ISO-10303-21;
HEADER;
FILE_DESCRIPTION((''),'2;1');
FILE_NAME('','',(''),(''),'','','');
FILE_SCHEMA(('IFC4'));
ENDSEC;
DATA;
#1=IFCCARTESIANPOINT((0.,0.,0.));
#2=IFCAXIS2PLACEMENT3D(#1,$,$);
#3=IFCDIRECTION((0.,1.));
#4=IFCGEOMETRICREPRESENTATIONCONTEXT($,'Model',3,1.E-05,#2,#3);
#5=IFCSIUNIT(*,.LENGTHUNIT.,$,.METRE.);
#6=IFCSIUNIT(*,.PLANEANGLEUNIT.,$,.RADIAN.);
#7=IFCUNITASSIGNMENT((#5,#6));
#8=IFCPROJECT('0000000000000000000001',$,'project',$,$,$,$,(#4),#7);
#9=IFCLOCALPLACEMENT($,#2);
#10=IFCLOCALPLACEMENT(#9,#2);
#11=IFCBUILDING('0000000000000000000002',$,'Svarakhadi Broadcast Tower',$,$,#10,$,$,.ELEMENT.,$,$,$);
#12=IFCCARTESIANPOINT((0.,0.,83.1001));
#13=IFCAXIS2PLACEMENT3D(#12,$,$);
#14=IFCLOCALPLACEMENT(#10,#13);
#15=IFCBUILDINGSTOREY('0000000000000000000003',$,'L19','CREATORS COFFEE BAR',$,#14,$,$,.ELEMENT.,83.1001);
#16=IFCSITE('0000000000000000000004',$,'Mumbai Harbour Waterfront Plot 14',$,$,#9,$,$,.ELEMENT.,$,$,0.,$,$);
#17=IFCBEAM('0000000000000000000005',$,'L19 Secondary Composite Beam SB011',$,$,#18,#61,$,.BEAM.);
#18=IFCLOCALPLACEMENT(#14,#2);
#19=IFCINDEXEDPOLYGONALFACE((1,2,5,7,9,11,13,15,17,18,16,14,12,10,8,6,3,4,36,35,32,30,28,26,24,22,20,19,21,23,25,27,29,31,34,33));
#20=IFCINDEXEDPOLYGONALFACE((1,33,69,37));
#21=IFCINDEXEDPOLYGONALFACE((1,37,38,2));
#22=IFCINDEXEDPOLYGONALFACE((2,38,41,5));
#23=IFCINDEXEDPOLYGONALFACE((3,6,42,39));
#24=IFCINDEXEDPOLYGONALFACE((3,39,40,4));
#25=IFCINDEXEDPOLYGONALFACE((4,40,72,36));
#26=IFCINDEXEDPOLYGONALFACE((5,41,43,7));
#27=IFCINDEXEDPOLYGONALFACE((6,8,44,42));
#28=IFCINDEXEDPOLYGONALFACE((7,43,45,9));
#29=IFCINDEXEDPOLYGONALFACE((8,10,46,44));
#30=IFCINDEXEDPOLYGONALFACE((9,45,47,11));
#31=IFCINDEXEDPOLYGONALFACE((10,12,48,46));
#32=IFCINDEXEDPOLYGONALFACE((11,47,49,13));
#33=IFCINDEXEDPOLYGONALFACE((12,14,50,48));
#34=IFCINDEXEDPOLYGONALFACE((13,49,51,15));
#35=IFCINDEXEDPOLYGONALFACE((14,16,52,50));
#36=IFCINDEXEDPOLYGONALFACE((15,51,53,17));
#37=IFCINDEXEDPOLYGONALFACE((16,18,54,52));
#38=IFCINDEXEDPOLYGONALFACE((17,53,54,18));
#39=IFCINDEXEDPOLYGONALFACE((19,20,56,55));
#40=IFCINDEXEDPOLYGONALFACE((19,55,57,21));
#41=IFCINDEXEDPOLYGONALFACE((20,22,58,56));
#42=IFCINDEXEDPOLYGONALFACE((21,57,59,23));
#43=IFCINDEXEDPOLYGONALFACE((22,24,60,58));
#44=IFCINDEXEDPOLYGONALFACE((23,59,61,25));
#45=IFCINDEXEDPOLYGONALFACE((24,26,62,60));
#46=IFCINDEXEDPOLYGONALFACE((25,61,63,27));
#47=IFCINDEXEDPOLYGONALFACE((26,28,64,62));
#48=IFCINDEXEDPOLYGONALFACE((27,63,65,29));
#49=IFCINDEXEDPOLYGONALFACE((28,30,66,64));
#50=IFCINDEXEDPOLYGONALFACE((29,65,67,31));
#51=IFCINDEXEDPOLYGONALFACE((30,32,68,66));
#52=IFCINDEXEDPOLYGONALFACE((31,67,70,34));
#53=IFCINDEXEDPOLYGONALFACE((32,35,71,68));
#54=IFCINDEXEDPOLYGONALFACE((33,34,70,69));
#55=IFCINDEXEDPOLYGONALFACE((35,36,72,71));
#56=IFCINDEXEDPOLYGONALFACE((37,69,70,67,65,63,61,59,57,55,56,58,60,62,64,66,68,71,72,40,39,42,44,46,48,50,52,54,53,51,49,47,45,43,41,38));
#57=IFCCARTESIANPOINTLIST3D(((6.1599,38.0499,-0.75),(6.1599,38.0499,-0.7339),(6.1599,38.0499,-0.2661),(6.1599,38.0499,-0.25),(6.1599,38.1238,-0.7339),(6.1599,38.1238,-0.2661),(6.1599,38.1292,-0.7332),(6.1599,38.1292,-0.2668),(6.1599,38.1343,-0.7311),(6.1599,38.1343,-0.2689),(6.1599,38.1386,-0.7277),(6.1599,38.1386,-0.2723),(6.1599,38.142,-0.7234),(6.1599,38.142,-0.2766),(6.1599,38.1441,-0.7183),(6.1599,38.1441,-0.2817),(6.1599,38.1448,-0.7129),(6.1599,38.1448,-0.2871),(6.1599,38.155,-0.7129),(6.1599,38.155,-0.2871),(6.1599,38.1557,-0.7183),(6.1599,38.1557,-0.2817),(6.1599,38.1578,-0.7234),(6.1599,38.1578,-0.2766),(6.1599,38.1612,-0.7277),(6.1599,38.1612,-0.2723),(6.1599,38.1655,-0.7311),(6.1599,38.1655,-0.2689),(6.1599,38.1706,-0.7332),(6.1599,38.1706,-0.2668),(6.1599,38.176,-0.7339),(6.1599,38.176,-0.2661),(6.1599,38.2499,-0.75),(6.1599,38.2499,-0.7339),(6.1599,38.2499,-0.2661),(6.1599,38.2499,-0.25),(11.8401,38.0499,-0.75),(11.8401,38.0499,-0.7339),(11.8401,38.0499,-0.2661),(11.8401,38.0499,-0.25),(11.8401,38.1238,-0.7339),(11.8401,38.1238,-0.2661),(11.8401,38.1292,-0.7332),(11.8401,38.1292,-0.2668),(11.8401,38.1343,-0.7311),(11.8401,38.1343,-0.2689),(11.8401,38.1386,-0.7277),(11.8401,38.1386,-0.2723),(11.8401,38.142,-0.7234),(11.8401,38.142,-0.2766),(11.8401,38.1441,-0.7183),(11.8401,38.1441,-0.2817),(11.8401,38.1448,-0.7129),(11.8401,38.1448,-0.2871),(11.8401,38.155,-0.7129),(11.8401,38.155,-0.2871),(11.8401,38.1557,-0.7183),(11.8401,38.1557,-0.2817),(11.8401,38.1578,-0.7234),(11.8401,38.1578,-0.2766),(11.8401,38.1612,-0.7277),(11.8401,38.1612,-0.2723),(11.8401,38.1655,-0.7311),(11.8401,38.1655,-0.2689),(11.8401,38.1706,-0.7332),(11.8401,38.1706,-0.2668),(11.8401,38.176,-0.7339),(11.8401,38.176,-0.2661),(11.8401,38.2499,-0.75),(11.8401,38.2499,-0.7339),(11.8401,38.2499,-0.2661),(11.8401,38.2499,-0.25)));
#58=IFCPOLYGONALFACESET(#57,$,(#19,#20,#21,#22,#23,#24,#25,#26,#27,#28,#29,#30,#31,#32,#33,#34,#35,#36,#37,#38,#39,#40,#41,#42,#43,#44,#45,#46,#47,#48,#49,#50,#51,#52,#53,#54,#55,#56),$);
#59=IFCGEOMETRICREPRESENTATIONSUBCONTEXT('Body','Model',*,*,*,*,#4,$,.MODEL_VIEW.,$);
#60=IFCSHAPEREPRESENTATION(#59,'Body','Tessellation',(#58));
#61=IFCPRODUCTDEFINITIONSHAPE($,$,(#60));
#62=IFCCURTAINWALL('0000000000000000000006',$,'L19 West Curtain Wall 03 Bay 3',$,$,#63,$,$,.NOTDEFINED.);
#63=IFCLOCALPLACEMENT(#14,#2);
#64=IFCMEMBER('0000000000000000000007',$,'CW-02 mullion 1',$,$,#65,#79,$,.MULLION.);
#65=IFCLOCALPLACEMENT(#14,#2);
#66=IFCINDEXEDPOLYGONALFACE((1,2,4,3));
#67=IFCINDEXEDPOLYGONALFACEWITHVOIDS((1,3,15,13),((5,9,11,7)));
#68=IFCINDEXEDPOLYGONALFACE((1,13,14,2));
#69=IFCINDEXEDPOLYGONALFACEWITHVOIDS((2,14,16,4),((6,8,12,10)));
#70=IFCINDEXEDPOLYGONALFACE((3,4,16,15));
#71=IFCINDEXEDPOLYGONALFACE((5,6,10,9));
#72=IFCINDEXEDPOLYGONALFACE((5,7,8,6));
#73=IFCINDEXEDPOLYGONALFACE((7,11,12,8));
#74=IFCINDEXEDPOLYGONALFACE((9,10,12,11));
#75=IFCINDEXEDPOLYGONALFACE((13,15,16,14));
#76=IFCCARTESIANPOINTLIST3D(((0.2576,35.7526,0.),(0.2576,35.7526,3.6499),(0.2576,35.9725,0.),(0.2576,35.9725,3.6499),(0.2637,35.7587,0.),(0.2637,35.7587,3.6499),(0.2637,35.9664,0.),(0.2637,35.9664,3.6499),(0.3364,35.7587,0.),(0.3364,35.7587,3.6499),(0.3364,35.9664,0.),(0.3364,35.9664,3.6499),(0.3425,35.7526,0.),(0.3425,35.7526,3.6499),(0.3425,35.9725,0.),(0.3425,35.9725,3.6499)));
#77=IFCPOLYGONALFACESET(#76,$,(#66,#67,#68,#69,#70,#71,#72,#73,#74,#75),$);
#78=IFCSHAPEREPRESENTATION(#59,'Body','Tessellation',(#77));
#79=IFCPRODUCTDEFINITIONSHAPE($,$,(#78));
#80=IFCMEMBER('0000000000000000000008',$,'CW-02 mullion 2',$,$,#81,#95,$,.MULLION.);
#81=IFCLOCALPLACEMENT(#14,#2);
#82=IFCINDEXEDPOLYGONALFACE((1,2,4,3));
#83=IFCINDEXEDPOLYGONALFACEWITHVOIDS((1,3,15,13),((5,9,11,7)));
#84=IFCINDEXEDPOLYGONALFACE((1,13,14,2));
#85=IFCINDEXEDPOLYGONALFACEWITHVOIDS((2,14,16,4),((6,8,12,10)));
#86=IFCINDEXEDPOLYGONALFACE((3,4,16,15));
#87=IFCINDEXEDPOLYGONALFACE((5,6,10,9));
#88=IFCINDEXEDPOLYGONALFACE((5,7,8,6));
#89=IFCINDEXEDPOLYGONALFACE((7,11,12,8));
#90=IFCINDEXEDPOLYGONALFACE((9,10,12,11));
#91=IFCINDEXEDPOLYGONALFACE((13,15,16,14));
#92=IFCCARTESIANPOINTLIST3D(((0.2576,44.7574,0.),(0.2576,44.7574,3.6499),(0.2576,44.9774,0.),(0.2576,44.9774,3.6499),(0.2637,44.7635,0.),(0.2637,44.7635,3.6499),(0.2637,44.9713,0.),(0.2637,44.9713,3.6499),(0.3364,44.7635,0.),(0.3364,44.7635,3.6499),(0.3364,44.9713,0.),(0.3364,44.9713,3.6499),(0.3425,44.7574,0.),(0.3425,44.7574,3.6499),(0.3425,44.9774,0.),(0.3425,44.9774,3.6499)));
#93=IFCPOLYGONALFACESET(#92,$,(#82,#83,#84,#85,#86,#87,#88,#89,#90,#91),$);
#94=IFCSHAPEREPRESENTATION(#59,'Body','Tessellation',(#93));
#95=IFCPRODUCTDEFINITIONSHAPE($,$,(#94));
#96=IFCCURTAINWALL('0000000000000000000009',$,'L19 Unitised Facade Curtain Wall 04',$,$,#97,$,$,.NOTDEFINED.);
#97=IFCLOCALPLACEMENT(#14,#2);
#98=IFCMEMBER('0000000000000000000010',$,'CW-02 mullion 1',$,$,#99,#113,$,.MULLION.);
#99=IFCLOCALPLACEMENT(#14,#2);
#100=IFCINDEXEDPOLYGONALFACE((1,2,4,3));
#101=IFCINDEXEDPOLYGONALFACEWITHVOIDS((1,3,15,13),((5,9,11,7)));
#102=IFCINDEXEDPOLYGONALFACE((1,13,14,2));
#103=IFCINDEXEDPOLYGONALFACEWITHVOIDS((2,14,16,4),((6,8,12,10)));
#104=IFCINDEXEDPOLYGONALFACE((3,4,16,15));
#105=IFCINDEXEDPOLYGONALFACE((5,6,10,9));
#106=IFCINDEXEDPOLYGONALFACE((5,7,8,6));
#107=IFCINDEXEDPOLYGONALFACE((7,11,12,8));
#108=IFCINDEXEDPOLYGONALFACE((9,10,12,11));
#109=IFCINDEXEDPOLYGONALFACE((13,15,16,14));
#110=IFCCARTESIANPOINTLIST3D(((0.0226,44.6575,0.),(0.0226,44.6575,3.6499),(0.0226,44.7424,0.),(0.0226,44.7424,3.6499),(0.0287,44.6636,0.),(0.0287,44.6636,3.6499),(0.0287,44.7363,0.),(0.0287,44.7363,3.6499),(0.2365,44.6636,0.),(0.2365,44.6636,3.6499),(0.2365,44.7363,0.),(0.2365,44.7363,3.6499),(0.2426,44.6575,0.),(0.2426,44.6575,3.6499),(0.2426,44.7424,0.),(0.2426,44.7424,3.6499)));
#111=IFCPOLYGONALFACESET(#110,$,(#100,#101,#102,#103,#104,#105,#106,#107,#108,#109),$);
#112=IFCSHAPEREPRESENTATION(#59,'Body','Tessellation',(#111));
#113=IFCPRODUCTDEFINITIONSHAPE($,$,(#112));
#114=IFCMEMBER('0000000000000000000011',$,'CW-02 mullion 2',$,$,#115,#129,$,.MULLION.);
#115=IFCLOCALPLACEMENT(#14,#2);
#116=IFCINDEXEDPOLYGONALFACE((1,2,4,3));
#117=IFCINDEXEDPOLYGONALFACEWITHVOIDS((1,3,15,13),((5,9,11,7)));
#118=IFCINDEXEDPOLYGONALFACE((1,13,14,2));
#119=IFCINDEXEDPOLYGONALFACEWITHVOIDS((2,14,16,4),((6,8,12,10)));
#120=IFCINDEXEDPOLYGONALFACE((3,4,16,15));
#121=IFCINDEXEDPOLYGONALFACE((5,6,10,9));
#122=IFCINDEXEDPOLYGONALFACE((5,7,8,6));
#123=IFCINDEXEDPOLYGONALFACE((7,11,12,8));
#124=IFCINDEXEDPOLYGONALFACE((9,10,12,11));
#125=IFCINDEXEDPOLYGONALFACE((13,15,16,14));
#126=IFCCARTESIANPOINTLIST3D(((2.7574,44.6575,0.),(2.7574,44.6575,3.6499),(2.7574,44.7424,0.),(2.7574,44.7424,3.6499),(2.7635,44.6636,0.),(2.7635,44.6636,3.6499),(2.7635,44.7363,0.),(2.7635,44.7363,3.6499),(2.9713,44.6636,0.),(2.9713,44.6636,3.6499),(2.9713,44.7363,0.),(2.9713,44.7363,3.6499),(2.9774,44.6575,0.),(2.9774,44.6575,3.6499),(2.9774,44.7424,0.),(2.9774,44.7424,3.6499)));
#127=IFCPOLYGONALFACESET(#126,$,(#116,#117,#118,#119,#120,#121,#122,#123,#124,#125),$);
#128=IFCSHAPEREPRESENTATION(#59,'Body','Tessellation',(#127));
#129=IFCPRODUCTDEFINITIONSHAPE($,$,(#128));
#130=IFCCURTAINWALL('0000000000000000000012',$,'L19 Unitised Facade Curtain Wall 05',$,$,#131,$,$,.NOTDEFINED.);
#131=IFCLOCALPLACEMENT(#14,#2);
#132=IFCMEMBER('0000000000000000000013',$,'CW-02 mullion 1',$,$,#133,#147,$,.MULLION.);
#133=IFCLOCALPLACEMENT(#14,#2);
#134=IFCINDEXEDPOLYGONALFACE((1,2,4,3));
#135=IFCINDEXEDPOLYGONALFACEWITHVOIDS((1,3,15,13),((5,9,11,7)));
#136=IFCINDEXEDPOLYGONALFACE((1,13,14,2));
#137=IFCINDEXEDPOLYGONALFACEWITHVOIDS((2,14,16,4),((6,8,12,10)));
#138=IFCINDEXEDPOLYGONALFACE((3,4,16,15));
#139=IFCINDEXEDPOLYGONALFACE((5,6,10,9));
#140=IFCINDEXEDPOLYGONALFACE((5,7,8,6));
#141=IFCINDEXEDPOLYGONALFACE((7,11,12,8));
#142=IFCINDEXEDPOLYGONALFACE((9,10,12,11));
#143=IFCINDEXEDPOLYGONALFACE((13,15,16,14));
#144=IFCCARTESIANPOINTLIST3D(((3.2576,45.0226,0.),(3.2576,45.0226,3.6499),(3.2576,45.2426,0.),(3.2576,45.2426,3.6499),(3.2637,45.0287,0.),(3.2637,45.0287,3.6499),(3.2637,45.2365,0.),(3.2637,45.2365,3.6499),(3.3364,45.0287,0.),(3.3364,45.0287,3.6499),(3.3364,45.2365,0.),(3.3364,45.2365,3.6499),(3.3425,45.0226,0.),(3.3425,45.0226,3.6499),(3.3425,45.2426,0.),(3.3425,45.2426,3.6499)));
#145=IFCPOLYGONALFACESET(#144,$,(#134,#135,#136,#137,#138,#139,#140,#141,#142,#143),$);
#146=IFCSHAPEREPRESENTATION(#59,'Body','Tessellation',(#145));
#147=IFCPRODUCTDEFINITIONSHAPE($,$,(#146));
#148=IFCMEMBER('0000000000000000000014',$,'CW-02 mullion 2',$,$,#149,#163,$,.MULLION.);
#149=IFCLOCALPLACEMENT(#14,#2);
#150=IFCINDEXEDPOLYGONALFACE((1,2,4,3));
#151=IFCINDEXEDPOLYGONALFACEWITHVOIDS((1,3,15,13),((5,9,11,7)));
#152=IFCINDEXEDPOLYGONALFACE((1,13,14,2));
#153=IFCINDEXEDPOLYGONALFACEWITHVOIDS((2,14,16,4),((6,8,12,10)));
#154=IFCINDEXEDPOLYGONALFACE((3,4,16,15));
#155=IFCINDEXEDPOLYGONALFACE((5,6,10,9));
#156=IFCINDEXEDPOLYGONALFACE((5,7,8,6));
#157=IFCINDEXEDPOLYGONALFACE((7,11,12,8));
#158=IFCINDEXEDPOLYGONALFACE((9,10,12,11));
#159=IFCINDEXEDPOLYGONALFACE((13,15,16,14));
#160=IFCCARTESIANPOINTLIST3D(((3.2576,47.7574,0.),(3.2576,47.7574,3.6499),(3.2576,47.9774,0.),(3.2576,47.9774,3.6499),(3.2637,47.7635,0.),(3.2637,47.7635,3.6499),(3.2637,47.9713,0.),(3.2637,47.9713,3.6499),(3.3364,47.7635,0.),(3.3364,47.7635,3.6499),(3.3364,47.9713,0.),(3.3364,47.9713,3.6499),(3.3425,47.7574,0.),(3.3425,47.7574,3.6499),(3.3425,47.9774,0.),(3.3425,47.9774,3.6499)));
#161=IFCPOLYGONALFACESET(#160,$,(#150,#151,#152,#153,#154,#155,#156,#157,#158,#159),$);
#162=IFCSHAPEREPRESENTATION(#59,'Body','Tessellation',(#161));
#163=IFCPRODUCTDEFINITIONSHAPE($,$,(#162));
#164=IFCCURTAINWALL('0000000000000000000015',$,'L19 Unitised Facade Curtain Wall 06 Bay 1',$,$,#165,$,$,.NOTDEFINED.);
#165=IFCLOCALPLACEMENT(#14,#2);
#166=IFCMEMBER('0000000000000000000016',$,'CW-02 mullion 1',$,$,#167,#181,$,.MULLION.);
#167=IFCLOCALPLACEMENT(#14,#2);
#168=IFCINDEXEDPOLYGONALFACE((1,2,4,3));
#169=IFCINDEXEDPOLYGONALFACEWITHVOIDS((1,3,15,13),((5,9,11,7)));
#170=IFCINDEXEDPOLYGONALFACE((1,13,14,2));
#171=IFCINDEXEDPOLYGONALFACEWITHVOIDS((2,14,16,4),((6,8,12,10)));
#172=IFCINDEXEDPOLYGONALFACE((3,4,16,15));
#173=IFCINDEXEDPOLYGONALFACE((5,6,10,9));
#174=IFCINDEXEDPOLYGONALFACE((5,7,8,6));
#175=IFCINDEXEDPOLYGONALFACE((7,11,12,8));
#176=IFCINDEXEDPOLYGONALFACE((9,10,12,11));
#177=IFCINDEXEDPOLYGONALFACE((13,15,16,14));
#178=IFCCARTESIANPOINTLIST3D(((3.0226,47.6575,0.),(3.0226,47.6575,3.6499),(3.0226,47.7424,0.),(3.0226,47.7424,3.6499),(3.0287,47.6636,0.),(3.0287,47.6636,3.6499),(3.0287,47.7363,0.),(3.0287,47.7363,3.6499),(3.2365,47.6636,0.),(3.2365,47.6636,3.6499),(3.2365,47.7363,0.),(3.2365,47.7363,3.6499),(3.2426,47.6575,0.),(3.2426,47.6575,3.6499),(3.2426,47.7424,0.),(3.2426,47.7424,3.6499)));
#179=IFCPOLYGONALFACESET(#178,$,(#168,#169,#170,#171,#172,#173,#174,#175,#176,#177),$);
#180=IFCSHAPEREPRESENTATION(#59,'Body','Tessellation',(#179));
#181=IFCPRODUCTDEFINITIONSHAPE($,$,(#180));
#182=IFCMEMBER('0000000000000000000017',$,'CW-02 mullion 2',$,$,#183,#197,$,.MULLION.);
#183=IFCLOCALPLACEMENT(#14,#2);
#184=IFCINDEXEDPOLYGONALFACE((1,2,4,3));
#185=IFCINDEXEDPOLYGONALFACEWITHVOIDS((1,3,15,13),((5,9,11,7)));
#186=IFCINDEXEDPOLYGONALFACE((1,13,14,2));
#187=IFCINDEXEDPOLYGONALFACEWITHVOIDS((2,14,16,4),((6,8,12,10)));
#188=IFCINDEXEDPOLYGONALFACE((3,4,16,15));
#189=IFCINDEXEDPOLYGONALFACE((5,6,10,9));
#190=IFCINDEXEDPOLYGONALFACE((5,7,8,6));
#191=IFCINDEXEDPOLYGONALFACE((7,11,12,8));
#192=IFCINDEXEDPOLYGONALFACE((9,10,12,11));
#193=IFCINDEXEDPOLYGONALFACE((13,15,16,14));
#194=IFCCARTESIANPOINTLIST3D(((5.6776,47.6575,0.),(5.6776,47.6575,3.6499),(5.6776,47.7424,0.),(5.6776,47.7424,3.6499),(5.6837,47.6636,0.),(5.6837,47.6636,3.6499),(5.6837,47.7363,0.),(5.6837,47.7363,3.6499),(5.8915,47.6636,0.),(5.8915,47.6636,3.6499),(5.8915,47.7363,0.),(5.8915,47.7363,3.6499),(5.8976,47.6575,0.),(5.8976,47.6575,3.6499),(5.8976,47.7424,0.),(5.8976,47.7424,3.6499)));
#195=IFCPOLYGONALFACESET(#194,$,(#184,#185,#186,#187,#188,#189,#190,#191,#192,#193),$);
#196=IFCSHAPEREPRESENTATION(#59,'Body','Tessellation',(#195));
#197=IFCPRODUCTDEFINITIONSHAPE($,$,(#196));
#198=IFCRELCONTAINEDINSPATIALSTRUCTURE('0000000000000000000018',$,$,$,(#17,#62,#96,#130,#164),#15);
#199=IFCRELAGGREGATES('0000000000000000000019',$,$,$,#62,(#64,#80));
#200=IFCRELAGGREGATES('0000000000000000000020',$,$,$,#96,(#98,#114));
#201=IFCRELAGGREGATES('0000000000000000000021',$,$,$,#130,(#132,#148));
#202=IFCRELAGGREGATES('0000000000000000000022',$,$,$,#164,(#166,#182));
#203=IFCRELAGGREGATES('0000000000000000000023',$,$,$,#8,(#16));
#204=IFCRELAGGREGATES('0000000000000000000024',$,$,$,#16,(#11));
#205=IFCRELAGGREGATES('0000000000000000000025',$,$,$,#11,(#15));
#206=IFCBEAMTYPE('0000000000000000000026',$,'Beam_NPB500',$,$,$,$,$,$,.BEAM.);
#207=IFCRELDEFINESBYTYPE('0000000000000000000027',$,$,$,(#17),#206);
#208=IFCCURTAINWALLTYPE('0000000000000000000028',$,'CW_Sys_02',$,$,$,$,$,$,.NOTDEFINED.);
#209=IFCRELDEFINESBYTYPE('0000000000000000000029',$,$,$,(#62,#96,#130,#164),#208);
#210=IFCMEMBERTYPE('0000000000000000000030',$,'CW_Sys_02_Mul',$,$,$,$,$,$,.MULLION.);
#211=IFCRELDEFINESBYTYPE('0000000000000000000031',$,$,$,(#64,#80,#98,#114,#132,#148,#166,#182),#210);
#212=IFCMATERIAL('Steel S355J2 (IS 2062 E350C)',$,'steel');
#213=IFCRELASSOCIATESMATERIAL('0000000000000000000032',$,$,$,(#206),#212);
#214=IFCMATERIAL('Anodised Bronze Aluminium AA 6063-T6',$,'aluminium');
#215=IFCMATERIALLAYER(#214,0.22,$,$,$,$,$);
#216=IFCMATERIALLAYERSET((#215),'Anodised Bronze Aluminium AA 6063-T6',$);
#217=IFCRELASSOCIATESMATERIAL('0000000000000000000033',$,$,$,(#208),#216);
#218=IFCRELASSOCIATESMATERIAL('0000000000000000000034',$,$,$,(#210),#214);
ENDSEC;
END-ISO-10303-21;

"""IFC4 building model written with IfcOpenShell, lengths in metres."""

from ifc_helpers import new_model, si_unit, direction, frame, origin, origin_2d, place, context, subcontext, project, spatial, hollow_rectangle, i_section, extrude, material, layer, layer_set, material_profile, profile_set, type_object, element, aggregate, save


model = new_model("IFC4")

# Units and contexts
model_context = context("Model", 3, precision=1e-05, world=origin(), true_north=direction((0.0, 1.0)))
body_context = subcontext(model_context, "Body", "Model", "MODEL_VIEW")
ifc_project = project(units=[si_unit("LENGTHUNIT", "METRE"), si_unit("PLANEANGLEUNIT", "RADIAN")], contexts=[model_context])

# Site, building, storey
site_placement = place(None, origin())
site = spatial("IfcSite", under=ifc_project, at=site_placement, Name="Mumbai Harbour Waterfront Plot 14", CompositionType="ELEMENT", RefElevation=0.0)
building_placement = place(site_placement, origin())
building = spatial("IfcBuilding", under=site, at=building_placement, Name="Svarakhadi Broadcast Tower", CompositionType="ELEMENT")
storey_placement = place(building_placement, frame((0.0, 0.0, 83.1001)))
storey = spatial("IfcBuildingStorey", under=building, at=storey_placement, Name="L19", Description="CREATORS COFFEE BAR", CompositionType="ELEMENT", Elevation=83.1001)

# Beam
ifc_material_1 = material(Name="Steel S355J2 (IS 2062 E350C)", Category="steel")
ifc_material_profile_1 = material_profile(ifc_material_1, i_section(OverallWidth=0.2, OverallDepth=0.5, WebThickness=0.0103, FlangeThickness=0.0161, FilletRadius=0.021, at=origin_2d()), Name="NPB 500x200x91")
ifc_profile_set_1 = profile_set([ifc_material_profile_1], Name="Steel S355J2 (IS 2062 E350C)")
beam_type_1 = type_object("IfcBeamType", Name="Beam_NPB500", PredefinedType="BEAM", material=ifc_profile_set_1)
beam_1_placement = place(storey_placement, frame((6.1599, 38.1499, -0.5), z_axis=(1.0, 0.0, 0.0), x_axis=(0.0, 1.0, 0.0)))
element("IfcBeam", 1, at=beam_1_placement, inside=storey, type_object=beam_type_1, Name="L19 Secondary Composite Beam SB011", PredefinedType="BEAM", context=body_context, shape_type="SweptSolid", body=[
    extrude(i_section(OverallWidth=0.2, OverallDepth=0.5, WebThickness=0.0103, FlangeThickness=0.0161, FilletRadius=0.021, at=origin_2d()), origin(), (0.0, 0.0, 1.0), 5.6802),
])

# Curtain walls, members
ifc_material_2 = material(Name="Anodised Bronze Aluminium AA 6063-T6", Category="aluminium")
ifc_layer_1 = layer(ifc_material_2, 0.22)
ifc_layer_set_1 = layer_set([ifc_layer_1], Name="Anodised Bronze Aluminium AA 6063-T6")
curtain_wall_type = type_object("IfcCurtainWallType", Name="CW_Sys_02", PredefinedType="NOTDEFINED", material=ifc_layer_set_1)
curtain_wall_1_placement = place(storey_placement, origin())
curtain_wall_1 = element("IfcCurtainWall", 2, at=curtain_wall_1_placement, inside=storey, type_object=curtain_wall_type, Name="L19 West Curtain Wall 03 Bay 3", PredefinedType="NOTDEFINED")
ifc_material_profile_2 = material_profile(ifc_material_2, hollow_rectangle(XDim=0.085, YDim=0.22, WallThickness=0.0061, at=origin_2d()), Name="ALU MULLION 220x85x6")
ifc_profile_set_2 = profile_set([ifc_material_profile_2], Name="Anodised Bronze Aluminium AA 6063-T6")
member_type_1 = type_object("IfcMemberType", Name="CW_Sys_02_Mul", PredefinedType="MULLION", material=ifc_profile_set_2)
member_1_placement = place(storey_placement, frame((0.3, 35.8625, 0.0), z_axis=(0.0, 0.0, 1.0), x_axis=(-1.0, 0.0, 0.0)))
member_1 = element("IfcMember", 3, at=member_1_placement, type_object=member_type_1, Name="CW-02 mullion 1", PredefinedType="MULLION", context=body_context, shape_type="SweptSolid", body=[
    extrude(hollow_rectangle(XDim=0.085, YDim=0.22, WallThickness=0.0061, at=origin_2d()), origin(), (0.0, 0.0, 1.0), 3.6499),
])
member_2_placement = place(storey_placement, frame((0.3, 44.8674, 0.0), z_axis=(0.0, 0.0, 1.0), x_axis=(-1.0, 0.0, 0.0)))
member_2 = element("IfcMember", 4, at=member_2_placement, type_object=member_type_1, Name="CW-02 mullion 2", PredefinedType="MULLION", context=body_context, shape_type="SweptSolid", body=[
    extrude(hollow_rectangle(XDim=0.085, YDim=0.22, WallThickness=0.0061, at=origin_2d()), origin(), (0.0, 0.0, 1.0), 3.6499),
])
curtain_wall_2_placement = place(storey_placement, origin())
curtain_wall_2 = element("IfcCurtainWall", 5, at=curtain_wall_2_placement, inside=storey, type_object=curtain_wall_type, Name="L19 Unitised Facade Curtain Wall 04", PredefinedType="NOTDEFINED")
member_3_placement = place(storey_placement, frame((0.1326, 44.7, 0.0), z_axis=(0.0, 0.0, 1.0), x_axis=(0.0, 1.0, 0.0)))
member_3 = element("IfcMember", 6, at=member_3_placement, type_object=member_type_1, Name="CW-02 mullion 1", PredefinedType="MULLION", context=body_context, shape_type="SweptSolid", body=[
    extrude(hollow_rectangle(XDim=0.085, YDim=0.22, WallThickness=0.0061, at=origin_2d()), origin(), (0.0, 0.0, 1.0), 3.6499),
])
member_4_placement = place(storey_placement, frame((2.8674, 44.7, 0.0), z_axis=(0.0, 0.0, 1.0), x_axis=(0.0, 1.0, 0.0)))
member_4 = element("IfcMember", 7, at=member_4_placement, type_object=member_type_1, Name="CW-02 mullion 2", PredefinedType="MULLION", context=body_context, shape_type="SweptSolid", body=[
    extrude(hollow_rectangle(XDim=0.085, YDim=0.22, WallThickness=0.0061, at=origin_2d()), origin(), (0.0, 0.0, 1.0), 3.6499),
])
curtain_wall_3_placement = place(storey_placement, origin())
curtain_wall_3 = element("IfcCurtainWall", 8, at=curtain_wall_3_placement, inside=storey, type_object=curtain_wall_type, Name="L19 Unitised Facade Curtain Wall 05", PredefinedType="NOTDEFINED")
member_5_placement = place(storey_placement, frame((3.3, 45.1326, 0.0), z_axis=(0.0, 0.0, 1.0), x_axis=(-1.0, 0.0, 0.0)))
member_5 = element("IfcMember", 9, at=member_5_placement, type_object=member_type_1, Name="CW-02 mullion 1", PredefinedType="MULLION", context=body_context, shape_type="SweptSolid", body=[
    extrude(hollow_rectangle(XDim=0.085, YDim=0.22, WallThickness=0.0061, at=origin_2d()), origin(), (0.0, 0.0, 1.0), 3.6499),
])
member_6_placement = place(storey_placement, frame((3.3, 47.8674, 0.0), z_axis=(0.0, 0.0, 1.0), x_axis=(-1.0, 0.0, 0.0)))
member_6 = element("IfcMember", 10, at=member_6_placement, type_object=member_type_1, Name="CW-02 mullion 2", PredefinedType="MULLION", context=body_context, shape_type="SweptSolid", body=[
    extrude(hollow_rectangle(XDim=0.085, YDim=0.22, WallThickness=0.0061, at=origin_2d()), origin(), (0.0, 0.0, 1.0), 3.6499),
])
curtain_wall_4_placement = place(storey_placement, origin())
curtain_wall_4 = element("IfcCurtainWall", 11, at=curtain_wall_4_placement, inside=storey, type_object=curtain_wall_type, Name="L19 Unitised Facade Curtain Wall 06 Bay 1", PredefinedType="NOTDEFINED")
member_7_placement = place(storey_placement, frame((3.1326, 47.7, 0.0), z_axis=(0.0, 0.0, 1.0), x_axis=(0.0, 1.0, 0.0)))
member_7 = element("IfcMember", 12, at=member_7_placement, type_object=member_type_1, Name="CW-02 mullion 1", PredefinedType="MULLION", context=body_context, shape_type="SweptSolid", body=[
    extrude(hollow_rectangle(XDim=0.085, YDim=0.22, WallThickness=0.0061, at=origin_2d()), origin(), (0.0, 0.0, 1.0), 3.6499),
])
member_8_placement = place(storey_placement, frame((5.7876, 47.7, 0.0), z_axis=(0.0, 0.0, 1.0), x_axis=(0.0, 1.0, 0.0)))
member_8 = element("IfcMember", 13, at=member_8_placement, type_object=member_type_1, Name="CW-02 mullion 2", PredefinedType="MULLION", context=body_context, shape_type="SweptSolid", body=[
    extrude(hollow_rectangle(XDim=0.085, YDim=0.22, WallThickness=0.0061, at=origin_2d()), origin(), (0.0, 0.0, 1.0), 3.6499),
])

aggregate(curtain_wall_1, [member_1, member_2])
aggregate(curtain_wall_2, [member_3, member_4])
aggregate(curtain_wall_3, [member_5, member_6])
aggregate(curtain_wall_4, [member_7, member_8])

save(model, "model.ifc")
